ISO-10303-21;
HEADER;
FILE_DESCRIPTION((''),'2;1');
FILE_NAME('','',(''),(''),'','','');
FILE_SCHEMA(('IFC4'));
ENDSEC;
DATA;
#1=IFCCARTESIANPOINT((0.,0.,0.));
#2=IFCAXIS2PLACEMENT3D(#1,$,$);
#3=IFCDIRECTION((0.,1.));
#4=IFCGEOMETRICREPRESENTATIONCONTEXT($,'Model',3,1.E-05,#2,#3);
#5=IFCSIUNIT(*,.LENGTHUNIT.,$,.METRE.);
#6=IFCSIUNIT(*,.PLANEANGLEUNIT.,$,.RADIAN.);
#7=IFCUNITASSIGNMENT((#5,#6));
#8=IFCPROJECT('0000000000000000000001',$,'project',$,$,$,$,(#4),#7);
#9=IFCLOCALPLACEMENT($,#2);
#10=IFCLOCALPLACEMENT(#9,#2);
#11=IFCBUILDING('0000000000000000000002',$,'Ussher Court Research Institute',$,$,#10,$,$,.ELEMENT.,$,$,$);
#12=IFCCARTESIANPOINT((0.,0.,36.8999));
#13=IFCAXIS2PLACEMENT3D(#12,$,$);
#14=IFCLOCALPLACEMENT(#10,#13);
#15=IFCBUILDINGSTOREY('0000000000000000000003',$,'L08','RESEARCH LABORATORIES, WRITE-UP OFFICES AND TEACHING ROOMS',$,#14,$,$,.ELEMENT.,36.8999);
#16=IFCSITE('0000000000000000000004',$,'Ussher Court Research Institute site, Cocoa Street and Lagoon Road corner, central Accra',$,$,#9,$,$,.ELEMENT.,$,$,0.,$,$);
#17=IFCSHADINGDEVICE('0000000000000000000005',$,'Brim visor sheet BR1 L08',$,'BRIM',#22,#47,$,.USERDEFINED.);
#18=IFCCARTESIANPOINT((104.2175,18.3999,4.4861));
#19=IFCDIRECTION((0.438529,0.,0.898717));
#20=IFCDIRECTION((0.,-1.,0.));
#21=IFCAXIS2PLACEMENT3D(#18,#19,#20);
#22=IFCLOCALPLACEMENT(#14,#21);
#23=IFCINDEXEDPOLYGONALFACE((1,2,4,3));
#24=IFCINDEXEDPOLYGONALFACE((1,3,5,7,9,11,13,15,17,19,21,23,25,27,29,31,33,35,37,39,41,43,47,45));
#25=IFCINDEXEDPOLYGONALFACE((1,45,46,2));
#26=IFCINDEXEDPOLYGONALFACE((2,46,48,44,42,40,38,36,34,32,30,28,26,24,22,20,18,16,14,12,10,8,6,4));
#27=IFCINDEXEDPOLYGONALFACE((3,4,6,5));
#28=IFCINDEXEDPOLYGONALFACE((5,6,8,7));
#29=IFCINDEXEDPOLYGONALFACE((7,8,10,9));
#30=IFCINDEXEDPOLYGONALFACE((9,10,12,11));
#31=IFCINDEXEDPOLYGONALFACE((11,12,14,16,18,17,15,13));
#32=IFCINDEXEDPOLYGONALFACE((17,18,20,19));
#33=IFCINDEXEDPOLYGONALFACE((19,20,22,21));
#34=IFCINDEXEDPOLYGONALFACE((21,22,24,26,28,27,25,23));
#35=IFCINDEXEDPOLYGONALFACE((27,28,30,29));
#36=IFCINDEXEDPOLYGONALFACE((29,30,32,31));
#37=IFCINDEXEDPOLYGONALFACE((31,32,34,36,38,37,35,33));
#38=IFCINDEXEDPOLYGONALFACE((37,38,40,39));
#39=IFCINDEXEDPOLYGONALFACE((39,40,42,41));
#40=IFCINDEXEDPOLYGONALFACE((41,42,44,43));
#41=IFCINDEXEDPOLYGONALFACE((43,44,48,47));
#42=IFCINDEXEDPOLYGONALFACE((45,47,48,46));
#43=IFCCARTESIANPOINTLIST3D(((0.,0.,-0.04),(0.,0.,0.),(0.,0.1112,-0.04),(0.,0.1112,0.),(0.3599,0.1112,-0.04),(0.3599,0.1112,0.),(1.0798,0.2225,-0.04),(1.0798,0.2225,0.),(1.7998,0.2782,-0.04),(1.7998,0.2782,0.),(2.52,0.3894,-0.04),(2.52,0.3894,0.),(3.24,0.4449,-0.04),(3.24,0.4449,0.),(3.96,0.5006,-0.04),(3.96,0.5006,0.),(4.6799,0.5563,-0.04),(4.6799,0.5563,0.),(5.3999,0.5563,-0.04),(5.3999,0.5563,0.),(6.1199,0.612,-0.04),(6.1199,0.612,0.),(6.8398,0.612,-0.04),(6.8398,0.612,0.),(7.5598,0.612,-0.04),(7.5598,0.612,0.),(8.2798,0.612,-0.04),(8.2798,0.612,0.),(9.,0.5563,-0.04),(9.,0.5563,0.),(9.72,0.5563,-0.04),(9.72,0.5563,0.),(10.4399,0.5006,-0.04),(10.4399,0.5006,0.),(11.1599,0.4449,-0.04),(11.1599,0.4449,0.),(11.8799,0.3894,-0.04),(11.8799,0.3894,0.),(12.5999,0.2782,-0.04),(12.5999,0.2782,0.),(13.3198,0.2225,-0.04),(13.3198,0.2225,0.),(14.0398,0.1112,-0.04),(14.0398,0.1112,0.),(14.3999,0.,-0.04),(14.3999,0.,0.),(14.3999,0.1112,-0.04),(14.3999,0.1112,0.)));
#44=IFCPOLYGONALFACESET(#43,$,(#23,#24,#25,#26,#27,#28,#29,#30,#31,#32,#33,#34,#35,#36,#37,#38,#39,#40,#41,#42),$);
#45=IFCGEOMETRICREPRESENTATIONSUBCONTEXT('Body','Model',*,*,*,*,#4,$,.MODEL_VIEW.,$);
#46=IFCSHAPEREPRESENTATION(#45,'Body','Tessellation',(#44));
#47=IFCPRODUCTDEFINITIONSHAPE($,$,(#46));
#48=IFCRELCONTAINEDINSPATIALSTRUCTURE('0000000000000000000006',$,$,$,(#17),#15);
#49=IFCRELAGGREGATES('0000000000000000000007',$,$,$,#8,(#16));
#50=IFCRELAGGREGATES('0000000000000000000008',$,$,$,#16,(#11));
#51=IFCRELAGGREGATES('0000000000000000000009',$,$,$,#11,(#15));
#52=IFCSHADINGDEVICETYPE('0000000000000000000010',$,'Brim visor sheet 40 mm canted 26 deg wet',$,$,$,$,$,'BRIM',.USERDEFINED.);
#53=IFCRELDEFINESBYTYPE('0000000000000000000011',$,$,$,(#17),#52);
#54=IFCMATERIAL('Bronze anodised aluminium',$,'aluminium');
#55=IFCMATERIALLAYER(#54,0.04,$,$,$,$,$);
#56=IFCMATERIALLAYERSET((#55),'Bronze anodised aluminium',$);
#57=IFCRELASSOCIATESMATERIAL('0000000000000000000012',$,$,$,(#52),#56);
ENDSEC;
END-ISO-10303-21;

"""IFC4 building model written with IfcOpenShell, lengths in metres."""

from ifc_helpers import new_model, si_unit, direction, frame, origin, place, context, subcontext, project, spatial, polyline, outline, extrude, material, layer, layer_set, type_object, element, save


model = new_model("IFC4")

# Units and contexts
model_context = context("Model", 3, precision=1e-05, world=origin(), true_north=direction((0.0, 1.0)))
body_context = subcontext(model_context, "Body", "Model", "MODEL_VIEW")
ifc_project = project(units=[si_unit("LENGTHUNIT", "METRE"), si_unit("PLANEANGLEUNIT", "RADIAN")], contexts=[model_context])

# Site, building, storey
site_placement = place(None, origin())
site = spatial("IfcSite", under=ifc_project, at=site_placement, Name="Ussher Court Research Institute site, Cocoa Street and Lagoon Road corner, central Accra", CompositionType="ELEMENT", RefElevation=0.0)
building_placement = place(site_placement, origin())
building = spatial("IfcBuilding", under=site, at=building_placement, Name="Ussher Court Research Institute", CompositionType="ELEMENT")
storey_placement = place(building_placement, frame((0.0, 0.0, 36.8999)))
storey = spatial("IfcBuildingStorey", under=building, at=storey_placement, Name="L08", Description="RESEARCH LABORATORIES, WRITE-UP OFFICES AND TEACHING ROOMS", CompositionType="ELEMENT", Elevation=36.8999)

# Shading device
ifc_material_1 = material(Name="Bronze anodised aluminium", Category="aluminium")
ifc_layer_1 = layer(ifc_material_1, 0.04)
ifc_layer_set_1 = layer_set([ifc_layer_1], Name="Bronze anodised aluminium")
shading_device_type_1 = type_object("IfcShadingDeviceType", Name="Brim visor sheet 40 mm canted 26 deg wet", ElementType="BRIM", PredefinedType="USERDEFINED", material=ifc_layer_set_1)
shading_device_1_placement = place(storey_placement, frame((104.2175, 18.3999, 4.4861), z_axis=(0.438529, 0.0, 0.898717), x_axis=(0.0, -1.0, 0.0)))
element("IfcShadingDevice", 1, at=shading_device_1_placement, inside=storey, type_object=shading_device_type_1, Name="Brim visor sheet BR1 L08", ObjectType="BRIM", PredefinedType="USERDEFINED", context=body_context, shape_type="SweptSolid", body=[
    extrude(outline(polyline([(0.0, 0.0), (14.3999, 0.0), (14.3999, 0.1112), (14.0398, 0.1112), (13.3198, 0.2225), (12.5999, 0.2782), (11.8799, 0.3894), (11.1599, 0.4449), (10.4399, 0.5006), (9.72, 0.5563), (9.0, 0.5563), (8.2798, 0.612), (7.5598, 0.612), (6.8398, 0.612), (6.1199, 0.612), (5.3999, 0.5563), (4.6799, 0.5563), (3.96, 0.5006), (3.24, 0.4449), (2.52, 0.3894), (1.7998, 0.2782), (1.0798, 0.2225), (0.3599, 0.1112), (0.0, 0.1112), (0.0, 0.0)])), origin(), (0.0, 0.0, -1.0), 0.04),
])

save(model, "model.ifc")
